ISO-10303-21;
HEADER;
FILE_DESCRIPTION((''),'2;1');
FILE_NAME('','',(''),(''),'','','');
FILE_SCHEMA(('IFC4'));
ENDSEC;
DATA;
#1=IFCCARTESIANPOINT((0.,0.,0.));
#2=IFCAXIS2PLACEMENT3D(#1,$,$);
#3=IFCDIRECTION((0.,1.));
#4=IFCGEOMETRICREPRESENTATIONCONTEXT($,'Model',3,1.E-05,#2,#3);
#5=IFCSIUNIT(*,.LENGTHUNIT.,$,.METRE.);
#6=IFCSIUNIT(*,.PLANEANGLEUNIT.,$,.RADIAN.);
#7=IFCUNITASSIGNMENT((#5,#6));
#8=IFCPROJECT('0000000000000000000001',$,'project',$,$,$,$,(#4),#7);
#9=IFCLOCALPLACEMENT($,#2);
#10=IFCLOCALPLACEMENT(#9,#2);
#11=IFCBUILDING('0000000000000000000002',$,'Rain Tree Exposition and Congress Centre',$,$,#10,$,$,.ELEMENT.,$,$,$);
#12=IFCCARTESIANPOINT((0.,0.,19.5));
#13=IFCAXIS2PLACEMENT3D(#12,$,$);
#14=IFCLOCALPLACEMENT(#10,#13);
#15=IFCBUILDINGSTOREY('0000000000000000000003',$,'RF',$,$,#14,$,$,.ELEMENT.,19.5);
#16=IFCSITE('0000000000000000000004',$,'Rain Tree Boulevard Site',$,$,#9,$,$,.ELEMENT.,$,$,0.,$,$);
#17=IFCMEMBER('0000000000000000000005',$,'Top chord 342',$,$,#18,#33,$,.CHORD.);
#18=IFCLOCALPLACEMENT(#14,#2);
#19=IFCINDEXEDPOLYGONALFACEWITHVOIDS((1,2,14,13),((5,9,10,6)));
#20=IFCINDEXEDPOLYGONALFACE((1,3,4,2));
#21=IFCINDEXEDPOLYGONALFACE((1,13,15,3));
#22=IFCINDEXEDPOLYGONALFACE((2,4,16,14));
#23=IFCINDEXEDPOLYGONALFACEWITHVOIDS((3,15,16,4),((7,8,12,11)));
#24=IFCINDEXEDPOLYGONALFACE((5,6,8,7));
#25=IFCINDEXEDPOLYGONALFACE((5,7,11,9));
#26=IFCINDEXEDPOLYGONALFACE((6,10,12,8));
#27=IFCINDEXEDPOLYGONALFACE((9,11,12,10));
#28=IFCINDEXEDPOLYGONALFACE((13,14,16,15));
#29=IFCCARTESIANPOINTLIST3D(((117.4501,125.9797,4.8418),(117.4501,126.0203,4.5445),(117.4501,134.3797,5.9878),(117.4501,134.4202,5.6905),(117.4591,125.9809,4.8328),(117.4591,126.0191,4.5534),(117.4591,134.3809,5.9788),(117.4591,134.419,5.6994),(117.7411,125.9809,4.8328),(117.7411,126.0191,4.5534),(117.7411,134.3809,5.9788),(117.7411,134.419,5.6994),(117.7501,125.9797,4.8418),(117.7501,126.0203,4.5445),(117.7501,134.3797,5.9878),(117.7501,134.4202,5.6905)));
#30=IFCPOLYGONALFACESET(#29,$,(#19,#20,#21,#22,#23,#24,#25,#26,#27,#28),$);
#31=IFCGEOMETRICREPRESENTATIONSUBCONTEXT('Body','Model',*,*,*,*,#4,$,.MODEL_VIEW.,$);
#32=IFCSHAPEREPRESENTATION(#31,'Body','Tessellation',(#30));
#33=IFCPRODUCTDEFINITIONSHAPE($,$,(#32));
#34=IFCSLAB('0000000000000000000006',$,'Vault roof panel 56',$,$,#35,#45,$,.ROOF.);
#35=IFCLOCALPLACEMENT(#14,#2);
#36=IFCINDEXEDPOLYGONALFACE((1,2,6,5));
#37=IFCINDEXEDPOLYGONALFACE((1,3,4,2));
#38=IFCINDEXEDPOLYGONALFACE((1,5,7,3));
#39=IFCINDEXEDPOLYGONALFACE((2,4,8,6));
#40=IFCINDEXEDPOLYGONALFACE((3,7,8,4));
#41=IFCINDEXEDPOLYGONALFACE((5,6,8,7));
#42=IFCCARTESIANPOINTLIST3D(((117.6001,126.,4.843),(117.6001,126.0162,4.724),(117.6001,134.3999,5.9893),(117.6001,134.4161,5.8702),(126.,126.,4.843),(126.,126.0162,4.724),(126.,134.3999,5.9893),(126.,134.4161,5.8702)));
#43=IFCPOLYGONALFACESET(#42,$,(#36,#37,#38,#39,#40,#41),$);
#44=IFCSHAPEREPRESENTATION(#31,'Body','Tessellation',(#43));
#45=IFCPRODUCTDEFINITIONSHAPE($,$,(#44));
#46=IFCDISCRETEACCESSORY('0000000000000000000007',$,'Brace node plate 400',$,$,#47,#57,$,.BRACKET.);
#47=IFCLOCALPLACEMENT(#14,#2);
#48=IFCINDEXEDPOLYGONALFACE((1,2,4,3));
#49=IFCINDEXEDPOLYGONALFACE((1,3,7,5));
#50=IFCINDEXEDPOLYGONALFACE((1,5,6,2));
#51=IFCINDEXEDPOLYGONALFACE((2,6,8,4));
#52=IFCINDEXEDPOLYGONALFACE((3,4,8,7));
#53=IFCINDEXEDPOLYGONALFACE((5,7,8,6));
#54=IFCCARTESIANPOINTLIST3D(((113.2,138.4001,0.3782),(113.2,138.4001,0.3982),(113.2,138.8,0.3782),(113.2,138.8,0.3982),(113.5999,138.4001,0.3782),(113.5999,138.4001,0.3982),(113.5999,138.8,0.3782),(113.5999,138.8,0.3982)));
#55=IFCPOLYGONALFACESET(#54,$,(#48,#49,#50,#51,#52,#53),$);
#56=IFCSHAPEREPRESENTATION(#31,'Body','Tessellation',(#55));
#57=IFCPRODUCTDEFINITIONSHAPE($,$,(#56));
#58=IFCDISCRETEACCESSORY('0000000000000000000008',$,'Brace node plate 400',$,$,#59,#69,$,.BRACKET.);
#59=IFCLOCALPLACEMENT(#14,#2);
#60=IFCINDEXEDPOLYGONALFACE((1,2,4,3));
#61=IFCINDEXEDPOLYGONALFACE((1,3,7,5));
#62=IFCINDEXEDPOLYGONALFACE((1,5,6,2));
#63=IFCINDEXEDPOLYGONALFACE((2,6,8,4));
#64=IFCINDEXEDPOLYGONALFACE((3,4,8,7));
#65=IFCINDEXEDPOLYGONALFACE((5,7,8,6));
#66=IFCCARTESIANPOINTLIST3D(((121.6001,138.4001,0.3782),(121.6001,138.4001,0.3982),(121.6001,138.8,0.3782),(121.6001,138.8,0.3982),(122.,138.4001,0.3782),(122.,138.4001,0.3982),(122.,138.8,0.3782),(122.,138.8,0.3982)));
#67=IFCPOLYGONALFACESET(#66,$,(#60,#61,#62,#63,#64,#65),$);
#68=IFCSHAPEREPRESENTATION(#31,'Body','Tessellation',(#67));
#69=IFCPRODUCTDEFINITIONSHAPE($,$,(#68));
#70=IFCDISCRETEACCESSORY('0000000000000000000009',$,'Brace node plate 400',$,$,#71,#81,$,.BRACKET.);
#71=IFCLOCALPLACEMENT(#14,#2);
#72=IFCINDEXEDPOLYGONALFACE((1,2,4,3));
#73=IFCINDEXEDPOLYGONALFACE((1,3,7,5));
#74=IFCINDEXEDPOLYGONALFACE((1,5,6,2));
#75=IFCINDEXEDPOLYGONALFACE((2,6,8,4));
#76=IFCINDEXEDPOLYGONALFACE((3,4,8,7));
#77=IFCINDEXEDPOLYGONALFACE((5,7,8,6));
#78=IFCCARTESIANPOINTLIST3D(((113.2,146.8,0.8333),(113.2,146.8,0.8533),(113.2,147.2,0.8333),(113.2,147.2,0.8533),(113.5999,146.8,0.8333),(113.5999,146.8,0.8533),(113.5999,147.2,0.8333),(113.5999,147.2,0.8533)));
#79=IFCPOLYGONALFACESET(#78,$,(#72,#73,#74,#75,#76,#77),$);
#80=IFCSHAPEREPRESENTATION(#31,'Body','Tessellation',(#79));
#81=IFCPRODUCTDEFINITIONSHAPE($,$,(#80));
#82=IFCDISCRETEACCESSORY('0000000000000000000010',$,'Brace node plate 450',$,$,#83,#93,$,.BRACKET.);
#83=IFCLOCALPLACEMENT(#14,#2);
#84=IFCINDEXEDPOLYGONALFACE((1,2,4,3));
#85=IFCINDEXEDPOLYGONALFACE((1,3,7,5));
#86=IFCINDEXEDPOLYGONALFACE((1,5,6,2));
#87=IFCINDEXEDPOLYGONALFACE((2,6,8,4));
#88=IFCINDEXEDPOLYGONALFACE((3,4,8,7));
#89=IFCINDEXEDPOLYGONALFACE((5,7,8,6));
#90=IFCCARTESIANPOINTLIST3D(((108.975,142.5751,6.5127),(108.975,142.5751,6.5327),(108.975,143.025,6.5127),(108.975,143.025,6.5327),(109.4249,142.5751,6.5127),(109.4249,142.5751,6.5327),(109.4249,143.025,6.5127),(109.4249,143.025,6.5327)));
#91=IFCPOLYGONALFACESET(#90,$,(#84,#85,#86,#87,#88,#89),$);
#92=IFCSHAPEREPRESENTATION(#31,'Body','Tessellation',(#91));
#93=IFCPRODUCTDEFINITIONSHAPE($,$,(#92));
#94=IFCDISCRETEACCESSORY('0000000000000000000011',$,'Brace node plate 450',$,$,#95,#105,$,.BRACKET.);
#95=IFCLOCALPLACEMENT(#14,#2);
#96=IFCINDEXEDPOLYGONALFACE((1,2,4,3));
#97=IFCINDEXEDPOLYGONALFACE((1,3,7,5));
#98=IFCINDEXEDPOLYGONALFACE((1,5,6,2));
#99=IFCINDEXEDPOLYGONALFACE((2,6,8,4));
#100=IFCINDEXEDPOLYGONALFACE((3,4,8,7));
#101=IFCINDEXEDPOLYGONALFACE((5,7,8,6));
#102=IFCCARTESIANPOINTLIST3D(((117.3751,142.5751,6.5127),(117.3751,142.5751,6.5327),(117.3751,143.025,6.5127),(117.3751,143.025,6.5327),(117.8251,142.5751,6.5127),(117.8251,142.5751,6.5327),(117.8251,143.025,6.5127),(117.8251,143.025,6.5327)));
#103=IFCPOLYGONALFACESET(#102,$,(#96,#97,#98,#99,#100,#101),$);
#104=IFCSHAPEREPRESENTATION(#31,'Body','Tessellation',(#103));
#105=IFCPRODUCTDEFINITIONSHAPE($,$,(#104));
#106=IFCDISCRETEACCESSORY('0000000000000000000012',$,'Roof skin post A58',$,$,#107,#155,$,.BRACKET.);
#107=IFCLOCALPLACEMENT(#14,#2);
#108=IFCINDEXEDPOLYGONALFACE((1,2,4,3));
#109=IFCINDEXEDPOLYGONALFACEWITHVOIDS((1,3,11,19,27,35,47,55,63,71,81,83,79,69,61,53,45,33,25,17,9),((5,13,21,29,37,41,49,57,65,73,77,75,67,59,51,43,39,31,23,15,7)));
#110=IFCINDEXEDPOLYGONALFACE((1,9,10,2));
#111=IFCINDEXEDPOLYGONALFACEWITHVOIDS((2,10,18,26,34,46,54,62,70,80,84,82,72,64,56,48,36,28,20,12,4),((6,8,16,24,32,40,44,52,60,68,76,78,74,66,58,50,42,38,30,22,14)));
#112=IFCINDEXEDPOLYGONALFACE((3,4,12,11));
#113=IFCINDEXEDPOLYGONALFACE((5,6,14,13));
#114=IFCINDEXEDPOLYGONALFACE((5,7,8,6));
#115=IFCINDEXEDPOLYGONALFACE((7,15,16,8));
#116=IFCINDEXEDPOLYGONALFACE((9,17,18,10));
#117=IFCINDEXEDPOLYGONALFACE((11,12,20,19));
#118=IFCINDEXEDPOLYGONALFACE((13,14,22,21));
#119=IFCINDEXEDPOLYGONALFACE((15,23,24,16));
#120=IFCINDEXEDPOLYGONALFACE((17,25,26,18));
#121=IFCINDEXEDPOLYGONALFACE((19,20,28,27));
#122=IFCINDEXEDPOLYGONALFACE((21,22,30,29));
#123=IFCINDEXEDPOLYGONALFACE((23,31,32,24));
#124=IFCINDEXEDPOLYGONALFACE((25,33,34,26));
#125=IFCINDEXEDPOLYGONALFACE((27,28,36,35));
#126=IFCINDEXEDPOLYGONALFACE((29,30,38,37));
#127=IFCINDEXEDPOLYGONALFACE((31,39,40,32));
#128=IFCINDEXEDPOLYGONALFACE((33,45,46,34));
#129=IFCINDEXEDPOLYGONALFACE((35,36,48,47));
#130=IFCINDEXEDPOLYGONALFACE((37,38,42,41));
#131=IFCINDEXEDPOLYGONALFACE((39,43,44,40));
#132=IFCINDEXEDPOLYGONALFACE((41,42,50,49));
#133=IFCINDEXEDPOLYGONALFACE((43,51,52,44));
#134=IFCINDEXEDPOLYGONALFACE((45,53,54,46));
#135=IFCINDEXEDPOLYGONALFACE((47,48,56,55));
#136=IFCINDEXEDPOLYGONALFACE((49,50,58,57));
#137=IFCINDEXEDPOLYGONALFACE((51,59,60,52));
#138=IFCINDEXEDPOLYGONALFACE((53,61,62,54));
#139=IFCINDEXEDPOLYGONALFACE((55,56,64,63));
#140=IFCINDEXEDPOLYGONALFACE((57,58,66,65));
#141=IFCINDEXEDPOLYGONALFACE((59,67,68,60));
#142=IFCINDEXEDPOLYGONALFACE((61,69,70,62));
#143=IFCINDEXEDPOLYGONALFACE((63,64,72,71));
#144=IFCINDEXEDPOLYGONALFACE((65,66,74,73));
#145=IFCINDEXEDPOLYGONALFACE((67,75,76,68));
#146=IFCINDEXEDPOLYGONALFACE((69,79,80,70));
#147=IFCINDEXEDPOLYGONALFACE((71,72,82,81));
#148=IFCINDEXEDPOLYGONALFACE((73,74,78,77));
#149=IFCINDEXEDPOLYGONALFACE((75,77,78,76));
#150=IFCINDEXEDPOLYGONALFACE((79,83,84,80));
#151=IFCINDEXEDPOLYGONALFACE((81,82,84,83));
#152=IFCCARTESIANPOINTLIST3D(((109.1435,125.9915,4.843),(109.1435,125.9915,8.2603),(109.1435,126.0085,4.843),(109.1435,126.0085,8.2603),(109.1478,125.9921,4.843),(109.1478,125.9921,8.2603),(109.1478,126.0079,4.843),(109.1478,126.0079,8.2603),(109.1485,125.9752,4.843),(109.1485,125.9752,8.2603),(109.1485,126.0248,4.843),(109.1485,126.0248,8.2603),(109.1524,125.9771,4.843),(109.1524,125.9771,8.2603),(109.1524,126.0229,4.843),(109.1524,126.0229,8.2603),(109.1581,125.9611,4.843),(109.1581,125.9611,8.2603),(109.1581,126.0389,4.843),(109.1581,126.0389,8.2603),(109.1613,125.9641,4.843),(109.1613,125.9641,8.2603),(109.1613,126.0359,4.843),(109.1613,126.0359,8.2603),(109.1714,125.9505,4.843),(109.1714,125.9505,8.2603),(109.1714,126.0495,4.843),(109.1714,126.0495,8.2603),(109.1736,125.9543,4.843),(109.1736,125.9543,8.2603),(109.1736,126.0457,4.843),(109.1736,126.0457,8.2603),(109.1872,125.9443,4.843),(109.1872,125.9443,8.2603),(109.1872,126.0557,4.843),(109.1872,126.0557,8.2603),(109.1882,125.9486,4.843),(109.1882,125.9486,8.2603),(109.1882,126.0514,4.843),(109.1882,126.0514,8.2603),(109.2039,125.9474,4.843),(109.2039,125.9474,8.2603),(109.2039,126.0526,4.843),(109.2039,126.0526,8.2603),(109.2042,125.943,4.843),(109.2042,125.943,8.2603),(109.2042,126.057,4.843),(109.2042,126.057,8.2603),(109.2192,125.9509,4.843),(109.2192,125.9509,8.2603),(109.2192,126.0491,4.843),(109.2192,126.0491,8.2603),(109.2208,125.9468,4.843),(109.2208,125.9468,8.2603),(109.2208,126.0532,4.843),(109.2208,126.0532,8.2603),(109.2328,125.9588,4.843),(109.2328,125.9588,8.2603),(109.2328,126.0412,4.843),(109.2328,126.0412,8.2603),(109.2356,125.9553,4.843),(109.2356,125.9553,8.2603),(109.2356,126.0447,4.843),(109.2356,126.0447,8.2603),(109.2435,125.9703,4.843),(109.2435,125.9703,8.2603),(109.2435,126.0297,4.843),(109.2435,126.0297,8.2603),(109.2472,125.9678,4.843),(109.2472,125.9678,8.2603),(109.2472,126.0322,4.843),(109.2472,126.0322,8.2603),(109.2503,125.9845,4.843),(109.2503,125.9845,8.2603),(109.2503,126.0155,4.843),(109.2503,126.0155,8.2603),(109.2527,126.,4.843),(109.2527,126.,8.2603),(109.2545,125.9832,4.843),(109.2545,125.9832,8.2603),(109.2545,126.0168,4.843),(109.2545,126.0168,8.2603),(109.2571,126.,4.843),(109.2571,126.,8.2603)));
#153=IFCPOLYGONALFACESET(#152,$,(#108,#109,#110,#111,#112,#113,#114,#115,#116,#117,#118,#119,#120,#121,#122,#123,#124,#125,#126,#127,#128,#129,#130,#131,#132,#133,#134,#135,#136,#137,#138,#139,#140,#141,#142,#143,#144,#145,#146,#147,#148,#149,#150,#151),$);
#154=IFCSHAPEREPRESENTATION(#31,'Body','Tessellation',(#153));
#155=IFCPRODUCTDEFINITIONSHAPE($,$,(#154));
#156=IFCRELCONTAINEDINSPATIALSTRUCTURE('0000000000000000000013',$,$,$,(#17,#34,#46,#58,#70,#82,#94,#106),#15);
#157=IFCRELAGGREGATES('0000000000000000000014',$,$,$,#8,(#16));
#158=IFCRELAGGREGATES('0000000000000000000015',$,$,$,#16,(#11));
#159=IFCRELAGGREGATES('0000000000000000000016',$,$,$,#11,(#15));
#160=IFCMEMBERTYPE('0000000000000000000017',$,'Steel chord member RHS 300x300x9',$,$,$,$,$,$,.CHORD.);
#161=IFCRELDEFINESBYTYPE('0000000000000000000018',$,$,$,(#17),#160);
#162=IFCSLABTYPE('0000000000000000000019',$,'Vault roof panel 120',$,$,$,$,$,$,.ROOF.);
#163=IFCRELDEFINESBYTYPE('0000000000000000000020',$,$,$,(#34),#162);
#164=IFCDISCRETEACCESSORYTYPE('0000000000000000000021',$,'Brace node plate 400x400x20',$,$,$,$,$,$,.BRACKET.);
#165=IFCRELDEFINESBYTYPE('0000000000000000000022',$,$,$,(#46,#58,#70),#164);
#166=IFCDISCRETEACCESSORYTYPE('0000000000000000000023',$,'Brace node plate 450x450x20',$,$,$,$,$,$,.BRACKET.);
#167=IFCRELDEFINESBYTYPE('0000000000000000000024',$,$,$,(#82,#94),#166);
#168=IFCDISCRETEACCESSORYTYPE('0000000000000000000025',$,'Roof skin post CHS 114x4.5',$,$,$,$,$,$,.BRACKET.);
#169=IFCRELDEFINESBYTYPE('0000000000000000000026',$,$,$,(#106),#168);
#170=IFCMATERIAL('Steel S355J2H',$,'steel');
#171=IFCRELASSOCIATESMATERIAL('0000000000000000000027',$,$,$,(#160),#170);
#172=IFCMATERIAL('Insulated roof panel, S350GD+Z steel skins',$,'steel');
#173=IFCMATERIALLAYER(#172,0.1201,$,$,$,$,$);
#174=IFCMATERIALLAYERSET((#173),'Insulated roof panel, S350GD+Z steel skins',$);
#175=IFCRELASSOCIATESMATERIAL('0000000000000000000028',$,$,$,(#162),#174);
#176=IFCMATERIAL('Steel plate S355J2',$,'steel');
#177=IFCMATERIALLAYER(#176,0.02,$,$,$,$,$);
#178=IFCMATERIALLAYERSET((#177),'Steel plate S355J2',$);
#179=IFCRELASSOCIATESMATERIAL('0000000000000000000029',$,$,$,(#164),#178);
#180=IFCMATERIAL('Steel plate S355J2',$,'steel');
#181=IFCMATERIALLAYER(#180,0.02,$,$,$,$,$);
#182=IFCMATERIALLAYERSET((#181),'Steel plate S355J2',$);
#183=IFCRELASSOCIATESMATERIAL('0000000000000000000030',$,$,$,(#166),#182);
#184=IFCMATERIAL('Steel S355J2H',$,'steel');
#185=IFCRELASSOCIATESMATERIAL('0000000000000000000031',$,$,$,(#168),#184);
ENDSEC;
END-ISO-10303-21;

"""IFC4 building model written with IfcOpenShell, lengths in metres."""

from ifc_helpers import new_model, si_unit, direction, frame, origin, origin_2d, place, context, subcontext, project, spatial, polyline, rectangle, hollow_rectangle, hollow_circle, outline, extrude, material, layer, layer_set, material_profile, profile_set, type_object, element, save


model = new_model("IFC4")

# Units and contexts
model_context = context("Model", 3, precision=1e-05, world=origin(), true_north=direction((0.0, 1.0)))
body_context = subcontext(model_context, "Body", "Model", "MODEL_VIEW")
ifc_project = project(units=[si_unit("LENGTHUNIT", "METRE"), si_unit("PLANEANGLEUNIT", "RADIAN")], contexts=[model_context])

# Site, building, storey
site_placement = place(None, origin())
site = spatial("IfcSite", under=ifc_project, at=site_placement, Name="Rain Tree Boulevard Site", CompositionType="ELEMENT", RefElevation=0.0)
building_placement = place(site_placement, origin())
building = spatial("IfcBuilding", under=site, at=building_placement, Name="Rain Tree Exposition and Congress Centre", CompositionType="ELEMENT")
storey_placement = place(building_placement, frame((0.0, 0.0, 19.5)))
storey = spatial("IfcBuildingStorey", under=building, at=storey_placement, Name="RF", CompositionType="ELEMENT", Elevation=19.5)

# Member
ifc_material_1 = material(Name="Steel S355J2H", Category="steel")
ifc_material_profile_1 = material_profile(ifc_material_1, hollow_rectangle(XDim=0.3, YDim=0.3, WallThickness=0.009, at=origin_2d()), Name="RHS 300x300x9")
ifc_profile_set_1 = profile_set([ifc_material_profile_1], Name="Steel S355J2H")
member_type_1 = type_object("IfcMemberType", Name="Steel chord member RHS 300x300x9", PredefinedType="CHORD", material=ifc_profile_set_1)
member_1_placement = place(storey_placement, frame((117.6001, 126.0, 4.6931), z_axis=(0.0, 0.990821, 0.135177), x_axis=(-1.0, 0.0, 0.0)))
element("IfcMember", 1, at=member_1_placement, inside=storey, type_object=member_type_1, Name="Top chord 342", PredefinedType="CHORD", context=body_context, shape_type="SweptSolid", body=[
    extrude(hollow_rectangle(XDim=0.3, YDim=0.3, WallThickness=0.009, at=origin_2d()), origin(), (0.0, 0.0, 1.0), 8.4778),
])

# Slab
ifc_material_2 = material(Name="Insulated roof panel, S350GD+Z steel skins", Category="steel")
ifc_layer_1 = layer(ifc_material_2, 0.1201)
ifc_layer_set_1 = layer_set([ifc_layer_1], Name="Insulated roof panel, S350GD+Z steel skins")
slab_type = type_object("IfcSlabType", Name="Vault roof panel 120", PredefinedType="ROOF", material=ifc_layer_set_1)
slab_placement = place(storey_placement, frame((117.6001, 126.0, 4.843), z_axis=(0.0, -0.135206, 0.990818), x_axis=(1.0, 0.0, 0.0)))
element("IfcSlab", 2, at=slab_placement, inside=storey, type_object=slab_type, Name="Vault roof panel 56", PredefinedType="ROOF", context=body_context, shape_type="SweptSolid", body=[
    extrude(outline(polyline([(0.0, 0.0), (8.3999, 0.0), (8.3999, 8.4777), (0.0, 8.4777), (0.0, 0.0)])), origin(), (0.0, 0.0, -1.0), 0.1201),
])

# Discrete accessories
ifc_material_3 = material(Name="Steel plate S355J2", Category="steel")
ifc_layer_2 = layer(ifc_material_3, 0.02)
ifc_layer_set_2 = layer_set([ifc_layer_2], Name="Steel plate S355J2")
discrete_accessory_type_1 = type_object("IfcDiscreteAccessoryType", Name="Brace node plate 400x400x20", PredefinedType="BRACKET", material=ifc_layer_set_2)
for number, where, z_axis, x_axis, name in (
    (3, (113.3999, 138.6001, 0.3782), (0.0, 0.0, 1.0), (1.0, 0.0, 0.0), "Brace node plate 400"),
    (4, (121.8, 138.6001, 0.3782), (0.0, 0.0, 1.0), (1.0, 0.0, 0.0), "Brace node plate 400"),
    (5, (113.3999, 147.0, 0.8333), (0.0, 0.0, 1.0), (1.0, 0.0, 0.0), "Brace node plate 400"),
):
    element("IfcDiscreteAccessory", number, at=place(storey_placement, frame(where, z_axis=z_axis, x_axis=x_axis)), inside=storey, type_object=discrete_accessory_type_1, Name=name, PredefinedType="BRACKET", context=body_context, shape_type="SweptSolid", body=[
        extrude(rectangle(XDim=0.3999, YDim=0.3999, at=origin_2d()), origin(), (0.0, 0.0, 1.0), 0.02),
    ])
ifc_material_4 = material(Name="Steel plate S355J2", Category="steel")
ifc_layer_3 = layer(ifc_material_4, 0.02)
ifc_layer_set_3 = layer_set([ifc_layer_3], Name="Steel plate S355J2")
discrete_accessory_type_2 = type_object("IfcDiscreteAccessoryType", Name="Brace node plate 450x450x20", PredefinedType="BRACKET", material=ifc_layer_set_3)
for number, where, z_axis, x_axis, name in (
    (6, (109.2, 142.8, 6.5127), (0.0, 0.0, 1.0), (1.0, 0.0, 0.0), "Brace node plate 450"),
    (7, (117.6001, 142.8, 6.5127), (0.0, 0.0, 1.0), (1.0, 0.0, 0.0), "Brace node plate 450"),
):
    element("IfcDiscreteAccessory", number, at=place(storey_placement, frame(where, z_axis=z_axis, x_axis=x_axis)), inside=storey, type_object=discrete_accessory_type_2, Name=name, PredefinedType="BRACKET", context=body_context, shape_type="SweptSolid", body=[
        extrude(rectangle(XDim=0.45, YDim=0.45, at=origin_2d()), origin(), (0.0, 0.0, 1.0), 0.02),
    ])
ifc_material_5 = material(Name="Steel S355J2H", Category="steel")
ifc_material_profile_2 = material_profile(ifc_material_5, hollow_circle(Radius=0.0571, WallThickness=0.0044, at=origin_2d()), Name="CHS 114x4.5")
ifc_profile_set_2 = profile_set([ifc_material_profile_2], Name="Steel S355J2H")
discrete_accessory_type_3 = type_object("IfcDiscreteAccessoryType", Name="Roof skin post CHS 114x4.5", PredefinedType="BRACKET", material=ifc_profile_set_2)
discrete_accessory_1_placement = place(storey_placement, frame((109.2, 126.0, 4.843), z_axis=(0.0, 0.0, 1.0), x_axis=(1.0, 0.0, 0.0)))
element("IfcDiscreteAccessory", 8, at=discrete_accessory_1_placement, inside=storey, type_object=discrete_accessory_type_3, Name="Roof skin post A58", PredefinedType="BRACKET", context=body_context, shape_type="SweptSolid", body=[
    extrude(hollow_circle(Radius=0.0571, WallThickness=0.0044, at=origin_2d()), origin(), (0.0, 0.0, 1.0), 3.4172),
])

save(model, "model.ifc")
